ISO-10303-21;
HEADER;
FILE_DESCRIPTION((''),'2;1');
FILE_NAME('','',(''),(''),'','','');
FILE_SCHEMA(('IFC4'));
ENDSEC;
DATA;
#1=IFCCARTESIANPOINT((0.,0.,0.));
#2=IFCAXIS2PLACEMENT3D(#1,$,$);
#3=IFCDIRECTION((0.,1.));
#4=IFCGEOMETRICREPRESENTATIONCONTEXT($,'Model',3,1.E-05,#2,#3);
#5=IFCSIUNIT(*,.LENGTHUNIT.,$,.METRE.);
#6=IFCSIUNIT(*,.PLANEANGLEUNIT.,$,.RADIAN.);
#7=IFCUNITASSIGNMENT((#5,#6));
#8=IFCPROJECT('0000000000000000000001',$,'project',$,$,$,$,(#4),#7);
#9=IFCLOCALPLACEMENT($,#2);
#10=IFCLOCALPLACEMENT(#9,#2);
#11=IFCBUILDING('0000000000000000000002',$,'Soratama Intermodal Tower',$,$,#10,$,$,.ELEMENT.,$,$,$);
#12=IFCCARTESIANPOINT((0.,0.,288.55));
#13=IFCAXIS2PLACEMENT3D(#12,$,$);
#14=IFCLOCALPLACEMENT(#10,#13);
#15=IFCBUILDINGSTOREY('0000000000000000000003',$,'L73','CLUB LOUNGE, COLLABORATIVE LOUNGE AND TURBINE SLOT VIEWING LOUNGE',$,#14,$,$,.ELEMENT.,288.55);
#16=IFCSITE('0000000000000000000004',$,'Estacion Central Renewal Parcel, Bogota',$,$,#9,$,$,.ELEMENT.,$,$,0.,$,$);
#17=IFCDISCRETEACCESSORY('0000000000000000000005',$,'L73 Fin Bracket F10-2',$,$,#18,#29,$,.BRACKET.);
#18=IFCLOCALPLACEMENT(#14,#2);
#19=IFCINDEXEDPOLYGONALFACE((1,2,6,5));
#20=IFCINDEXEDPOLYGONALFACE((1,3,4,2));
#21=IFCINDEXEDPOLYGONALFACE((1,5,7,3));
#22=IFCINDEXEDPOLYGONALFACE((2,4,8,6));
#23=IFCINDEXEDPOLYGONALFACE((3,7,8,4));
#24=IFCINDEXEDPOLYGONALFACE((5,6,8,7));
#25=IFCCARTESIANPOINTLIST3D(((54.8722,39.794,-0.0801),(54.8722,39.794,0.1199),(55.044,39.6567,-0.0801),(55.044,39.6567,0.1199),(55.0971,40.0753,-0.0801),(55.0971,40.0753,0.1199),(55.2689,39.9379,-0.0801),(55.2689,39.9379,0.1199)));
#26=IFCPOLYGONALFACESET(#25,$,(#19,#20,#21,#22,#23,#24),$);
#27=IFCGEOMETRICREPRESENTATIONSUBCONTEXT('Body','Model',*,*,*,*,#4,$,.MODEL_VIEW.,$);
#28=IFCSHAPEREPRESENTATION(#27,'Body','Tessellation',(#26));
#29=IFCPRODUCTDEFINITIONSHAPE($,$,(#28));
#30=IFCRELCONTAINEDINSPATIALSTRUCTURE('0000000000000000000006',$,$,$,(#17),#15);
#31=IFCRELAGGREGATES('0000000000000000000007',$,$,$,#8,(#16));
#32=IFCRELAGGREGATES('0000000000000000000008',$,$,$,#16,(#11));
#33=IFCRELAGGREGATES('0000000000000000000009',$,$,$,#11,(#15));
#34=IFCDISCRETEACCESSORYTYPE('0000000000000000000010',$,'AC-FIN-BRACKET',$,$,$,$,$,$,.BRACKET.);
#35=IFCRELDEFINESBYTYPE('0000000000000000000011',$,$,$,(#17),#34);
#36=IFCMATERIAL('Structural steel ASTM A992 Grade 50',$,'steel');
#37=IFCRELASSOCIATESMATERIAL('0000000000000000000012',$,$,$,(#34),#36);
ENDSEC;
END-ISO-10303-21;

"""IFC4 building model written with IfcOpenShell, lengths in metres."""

from ifc_helpers import new_model, si_unit, direction, frame, origin, origin_2d, place, context, subcontext, project, spatial, rectangle, extrude, material, type_object, element, save


model = new_model("IFC4")

# Units and contexts
model_context = context("Model", 3, precision=1e-05, world=origin(), true_north=direction((0.0, 1.0)))
body_context = subcontext(model_context, "Body", "Model", "MODEL_VIEW")
ifc_project = project(units=[si_unit("LENGTHUNIT", "METRE"), si_unit("PLANEANGLEUNIT", "RADIAN")], contexts=[model_context])

# Site, building, storey
site_placement = place(None, origin())
site = spatial("IfcSite", under=ifc_project, at=site_placement, Name="Estacion Central Renewal Parcel, Bogota", CompositionType="ELEMENT", RefElevation=0.0)
building_placement = place(site_placement, origin())
building = spatial("IfcBuilding", under=site, at=building_placement, Name="Soratama Intermodal Tower", CompositionType="ELEMENT")
storey_placement = place(building_placement, frame((0.0, 0.0, 288.55)))
storey = spatial("IfcBuildingStorey", under=building, at=storey_placement, Name="L73", Description="CLUB LOUNGE, COLLABORATIVE LOUNGE AND TURBINE SLOT VIEWING LOUNGE", CompositionType="ELEMENT", Elevation=288.55)

# Discrete accessory
ifc_material_1 = material(Name="Structural steel ASTM A992 Grade 50", Category="steel")
discrete_accessory_type = type_object("IfcDiscreteAccessoryType", Name="AC-FIN-BRACKET", PredefinedType="BRACKET", material=ifc_material_1)
for number, where, z_axis, x_axis, name in (
    (1, (55.0706, 39.866, -0.0801), (0.0, 0.0, 1.0), (0.624425, 0.781085, 0.0), "L73 Fin Bracket F10-2"),
):
    element("IfcDiscreteAccessory", number, at=place(storey_placement, frame(where, z_axis=z_axis, x_axis=x_axis)), inside=storey, type_object=discrete_accessory_type, Name=name, PredefinedType="BRACKET", context=body_context, shape_type="SweptSolid", body=[
        extrude(rectangle(XDim=0.3601, YDim=0.22, at=origin_2d()), origin(), (0.0, 0.0, 1.0), 0.2),
    ])

save(model, "model.ifc")
